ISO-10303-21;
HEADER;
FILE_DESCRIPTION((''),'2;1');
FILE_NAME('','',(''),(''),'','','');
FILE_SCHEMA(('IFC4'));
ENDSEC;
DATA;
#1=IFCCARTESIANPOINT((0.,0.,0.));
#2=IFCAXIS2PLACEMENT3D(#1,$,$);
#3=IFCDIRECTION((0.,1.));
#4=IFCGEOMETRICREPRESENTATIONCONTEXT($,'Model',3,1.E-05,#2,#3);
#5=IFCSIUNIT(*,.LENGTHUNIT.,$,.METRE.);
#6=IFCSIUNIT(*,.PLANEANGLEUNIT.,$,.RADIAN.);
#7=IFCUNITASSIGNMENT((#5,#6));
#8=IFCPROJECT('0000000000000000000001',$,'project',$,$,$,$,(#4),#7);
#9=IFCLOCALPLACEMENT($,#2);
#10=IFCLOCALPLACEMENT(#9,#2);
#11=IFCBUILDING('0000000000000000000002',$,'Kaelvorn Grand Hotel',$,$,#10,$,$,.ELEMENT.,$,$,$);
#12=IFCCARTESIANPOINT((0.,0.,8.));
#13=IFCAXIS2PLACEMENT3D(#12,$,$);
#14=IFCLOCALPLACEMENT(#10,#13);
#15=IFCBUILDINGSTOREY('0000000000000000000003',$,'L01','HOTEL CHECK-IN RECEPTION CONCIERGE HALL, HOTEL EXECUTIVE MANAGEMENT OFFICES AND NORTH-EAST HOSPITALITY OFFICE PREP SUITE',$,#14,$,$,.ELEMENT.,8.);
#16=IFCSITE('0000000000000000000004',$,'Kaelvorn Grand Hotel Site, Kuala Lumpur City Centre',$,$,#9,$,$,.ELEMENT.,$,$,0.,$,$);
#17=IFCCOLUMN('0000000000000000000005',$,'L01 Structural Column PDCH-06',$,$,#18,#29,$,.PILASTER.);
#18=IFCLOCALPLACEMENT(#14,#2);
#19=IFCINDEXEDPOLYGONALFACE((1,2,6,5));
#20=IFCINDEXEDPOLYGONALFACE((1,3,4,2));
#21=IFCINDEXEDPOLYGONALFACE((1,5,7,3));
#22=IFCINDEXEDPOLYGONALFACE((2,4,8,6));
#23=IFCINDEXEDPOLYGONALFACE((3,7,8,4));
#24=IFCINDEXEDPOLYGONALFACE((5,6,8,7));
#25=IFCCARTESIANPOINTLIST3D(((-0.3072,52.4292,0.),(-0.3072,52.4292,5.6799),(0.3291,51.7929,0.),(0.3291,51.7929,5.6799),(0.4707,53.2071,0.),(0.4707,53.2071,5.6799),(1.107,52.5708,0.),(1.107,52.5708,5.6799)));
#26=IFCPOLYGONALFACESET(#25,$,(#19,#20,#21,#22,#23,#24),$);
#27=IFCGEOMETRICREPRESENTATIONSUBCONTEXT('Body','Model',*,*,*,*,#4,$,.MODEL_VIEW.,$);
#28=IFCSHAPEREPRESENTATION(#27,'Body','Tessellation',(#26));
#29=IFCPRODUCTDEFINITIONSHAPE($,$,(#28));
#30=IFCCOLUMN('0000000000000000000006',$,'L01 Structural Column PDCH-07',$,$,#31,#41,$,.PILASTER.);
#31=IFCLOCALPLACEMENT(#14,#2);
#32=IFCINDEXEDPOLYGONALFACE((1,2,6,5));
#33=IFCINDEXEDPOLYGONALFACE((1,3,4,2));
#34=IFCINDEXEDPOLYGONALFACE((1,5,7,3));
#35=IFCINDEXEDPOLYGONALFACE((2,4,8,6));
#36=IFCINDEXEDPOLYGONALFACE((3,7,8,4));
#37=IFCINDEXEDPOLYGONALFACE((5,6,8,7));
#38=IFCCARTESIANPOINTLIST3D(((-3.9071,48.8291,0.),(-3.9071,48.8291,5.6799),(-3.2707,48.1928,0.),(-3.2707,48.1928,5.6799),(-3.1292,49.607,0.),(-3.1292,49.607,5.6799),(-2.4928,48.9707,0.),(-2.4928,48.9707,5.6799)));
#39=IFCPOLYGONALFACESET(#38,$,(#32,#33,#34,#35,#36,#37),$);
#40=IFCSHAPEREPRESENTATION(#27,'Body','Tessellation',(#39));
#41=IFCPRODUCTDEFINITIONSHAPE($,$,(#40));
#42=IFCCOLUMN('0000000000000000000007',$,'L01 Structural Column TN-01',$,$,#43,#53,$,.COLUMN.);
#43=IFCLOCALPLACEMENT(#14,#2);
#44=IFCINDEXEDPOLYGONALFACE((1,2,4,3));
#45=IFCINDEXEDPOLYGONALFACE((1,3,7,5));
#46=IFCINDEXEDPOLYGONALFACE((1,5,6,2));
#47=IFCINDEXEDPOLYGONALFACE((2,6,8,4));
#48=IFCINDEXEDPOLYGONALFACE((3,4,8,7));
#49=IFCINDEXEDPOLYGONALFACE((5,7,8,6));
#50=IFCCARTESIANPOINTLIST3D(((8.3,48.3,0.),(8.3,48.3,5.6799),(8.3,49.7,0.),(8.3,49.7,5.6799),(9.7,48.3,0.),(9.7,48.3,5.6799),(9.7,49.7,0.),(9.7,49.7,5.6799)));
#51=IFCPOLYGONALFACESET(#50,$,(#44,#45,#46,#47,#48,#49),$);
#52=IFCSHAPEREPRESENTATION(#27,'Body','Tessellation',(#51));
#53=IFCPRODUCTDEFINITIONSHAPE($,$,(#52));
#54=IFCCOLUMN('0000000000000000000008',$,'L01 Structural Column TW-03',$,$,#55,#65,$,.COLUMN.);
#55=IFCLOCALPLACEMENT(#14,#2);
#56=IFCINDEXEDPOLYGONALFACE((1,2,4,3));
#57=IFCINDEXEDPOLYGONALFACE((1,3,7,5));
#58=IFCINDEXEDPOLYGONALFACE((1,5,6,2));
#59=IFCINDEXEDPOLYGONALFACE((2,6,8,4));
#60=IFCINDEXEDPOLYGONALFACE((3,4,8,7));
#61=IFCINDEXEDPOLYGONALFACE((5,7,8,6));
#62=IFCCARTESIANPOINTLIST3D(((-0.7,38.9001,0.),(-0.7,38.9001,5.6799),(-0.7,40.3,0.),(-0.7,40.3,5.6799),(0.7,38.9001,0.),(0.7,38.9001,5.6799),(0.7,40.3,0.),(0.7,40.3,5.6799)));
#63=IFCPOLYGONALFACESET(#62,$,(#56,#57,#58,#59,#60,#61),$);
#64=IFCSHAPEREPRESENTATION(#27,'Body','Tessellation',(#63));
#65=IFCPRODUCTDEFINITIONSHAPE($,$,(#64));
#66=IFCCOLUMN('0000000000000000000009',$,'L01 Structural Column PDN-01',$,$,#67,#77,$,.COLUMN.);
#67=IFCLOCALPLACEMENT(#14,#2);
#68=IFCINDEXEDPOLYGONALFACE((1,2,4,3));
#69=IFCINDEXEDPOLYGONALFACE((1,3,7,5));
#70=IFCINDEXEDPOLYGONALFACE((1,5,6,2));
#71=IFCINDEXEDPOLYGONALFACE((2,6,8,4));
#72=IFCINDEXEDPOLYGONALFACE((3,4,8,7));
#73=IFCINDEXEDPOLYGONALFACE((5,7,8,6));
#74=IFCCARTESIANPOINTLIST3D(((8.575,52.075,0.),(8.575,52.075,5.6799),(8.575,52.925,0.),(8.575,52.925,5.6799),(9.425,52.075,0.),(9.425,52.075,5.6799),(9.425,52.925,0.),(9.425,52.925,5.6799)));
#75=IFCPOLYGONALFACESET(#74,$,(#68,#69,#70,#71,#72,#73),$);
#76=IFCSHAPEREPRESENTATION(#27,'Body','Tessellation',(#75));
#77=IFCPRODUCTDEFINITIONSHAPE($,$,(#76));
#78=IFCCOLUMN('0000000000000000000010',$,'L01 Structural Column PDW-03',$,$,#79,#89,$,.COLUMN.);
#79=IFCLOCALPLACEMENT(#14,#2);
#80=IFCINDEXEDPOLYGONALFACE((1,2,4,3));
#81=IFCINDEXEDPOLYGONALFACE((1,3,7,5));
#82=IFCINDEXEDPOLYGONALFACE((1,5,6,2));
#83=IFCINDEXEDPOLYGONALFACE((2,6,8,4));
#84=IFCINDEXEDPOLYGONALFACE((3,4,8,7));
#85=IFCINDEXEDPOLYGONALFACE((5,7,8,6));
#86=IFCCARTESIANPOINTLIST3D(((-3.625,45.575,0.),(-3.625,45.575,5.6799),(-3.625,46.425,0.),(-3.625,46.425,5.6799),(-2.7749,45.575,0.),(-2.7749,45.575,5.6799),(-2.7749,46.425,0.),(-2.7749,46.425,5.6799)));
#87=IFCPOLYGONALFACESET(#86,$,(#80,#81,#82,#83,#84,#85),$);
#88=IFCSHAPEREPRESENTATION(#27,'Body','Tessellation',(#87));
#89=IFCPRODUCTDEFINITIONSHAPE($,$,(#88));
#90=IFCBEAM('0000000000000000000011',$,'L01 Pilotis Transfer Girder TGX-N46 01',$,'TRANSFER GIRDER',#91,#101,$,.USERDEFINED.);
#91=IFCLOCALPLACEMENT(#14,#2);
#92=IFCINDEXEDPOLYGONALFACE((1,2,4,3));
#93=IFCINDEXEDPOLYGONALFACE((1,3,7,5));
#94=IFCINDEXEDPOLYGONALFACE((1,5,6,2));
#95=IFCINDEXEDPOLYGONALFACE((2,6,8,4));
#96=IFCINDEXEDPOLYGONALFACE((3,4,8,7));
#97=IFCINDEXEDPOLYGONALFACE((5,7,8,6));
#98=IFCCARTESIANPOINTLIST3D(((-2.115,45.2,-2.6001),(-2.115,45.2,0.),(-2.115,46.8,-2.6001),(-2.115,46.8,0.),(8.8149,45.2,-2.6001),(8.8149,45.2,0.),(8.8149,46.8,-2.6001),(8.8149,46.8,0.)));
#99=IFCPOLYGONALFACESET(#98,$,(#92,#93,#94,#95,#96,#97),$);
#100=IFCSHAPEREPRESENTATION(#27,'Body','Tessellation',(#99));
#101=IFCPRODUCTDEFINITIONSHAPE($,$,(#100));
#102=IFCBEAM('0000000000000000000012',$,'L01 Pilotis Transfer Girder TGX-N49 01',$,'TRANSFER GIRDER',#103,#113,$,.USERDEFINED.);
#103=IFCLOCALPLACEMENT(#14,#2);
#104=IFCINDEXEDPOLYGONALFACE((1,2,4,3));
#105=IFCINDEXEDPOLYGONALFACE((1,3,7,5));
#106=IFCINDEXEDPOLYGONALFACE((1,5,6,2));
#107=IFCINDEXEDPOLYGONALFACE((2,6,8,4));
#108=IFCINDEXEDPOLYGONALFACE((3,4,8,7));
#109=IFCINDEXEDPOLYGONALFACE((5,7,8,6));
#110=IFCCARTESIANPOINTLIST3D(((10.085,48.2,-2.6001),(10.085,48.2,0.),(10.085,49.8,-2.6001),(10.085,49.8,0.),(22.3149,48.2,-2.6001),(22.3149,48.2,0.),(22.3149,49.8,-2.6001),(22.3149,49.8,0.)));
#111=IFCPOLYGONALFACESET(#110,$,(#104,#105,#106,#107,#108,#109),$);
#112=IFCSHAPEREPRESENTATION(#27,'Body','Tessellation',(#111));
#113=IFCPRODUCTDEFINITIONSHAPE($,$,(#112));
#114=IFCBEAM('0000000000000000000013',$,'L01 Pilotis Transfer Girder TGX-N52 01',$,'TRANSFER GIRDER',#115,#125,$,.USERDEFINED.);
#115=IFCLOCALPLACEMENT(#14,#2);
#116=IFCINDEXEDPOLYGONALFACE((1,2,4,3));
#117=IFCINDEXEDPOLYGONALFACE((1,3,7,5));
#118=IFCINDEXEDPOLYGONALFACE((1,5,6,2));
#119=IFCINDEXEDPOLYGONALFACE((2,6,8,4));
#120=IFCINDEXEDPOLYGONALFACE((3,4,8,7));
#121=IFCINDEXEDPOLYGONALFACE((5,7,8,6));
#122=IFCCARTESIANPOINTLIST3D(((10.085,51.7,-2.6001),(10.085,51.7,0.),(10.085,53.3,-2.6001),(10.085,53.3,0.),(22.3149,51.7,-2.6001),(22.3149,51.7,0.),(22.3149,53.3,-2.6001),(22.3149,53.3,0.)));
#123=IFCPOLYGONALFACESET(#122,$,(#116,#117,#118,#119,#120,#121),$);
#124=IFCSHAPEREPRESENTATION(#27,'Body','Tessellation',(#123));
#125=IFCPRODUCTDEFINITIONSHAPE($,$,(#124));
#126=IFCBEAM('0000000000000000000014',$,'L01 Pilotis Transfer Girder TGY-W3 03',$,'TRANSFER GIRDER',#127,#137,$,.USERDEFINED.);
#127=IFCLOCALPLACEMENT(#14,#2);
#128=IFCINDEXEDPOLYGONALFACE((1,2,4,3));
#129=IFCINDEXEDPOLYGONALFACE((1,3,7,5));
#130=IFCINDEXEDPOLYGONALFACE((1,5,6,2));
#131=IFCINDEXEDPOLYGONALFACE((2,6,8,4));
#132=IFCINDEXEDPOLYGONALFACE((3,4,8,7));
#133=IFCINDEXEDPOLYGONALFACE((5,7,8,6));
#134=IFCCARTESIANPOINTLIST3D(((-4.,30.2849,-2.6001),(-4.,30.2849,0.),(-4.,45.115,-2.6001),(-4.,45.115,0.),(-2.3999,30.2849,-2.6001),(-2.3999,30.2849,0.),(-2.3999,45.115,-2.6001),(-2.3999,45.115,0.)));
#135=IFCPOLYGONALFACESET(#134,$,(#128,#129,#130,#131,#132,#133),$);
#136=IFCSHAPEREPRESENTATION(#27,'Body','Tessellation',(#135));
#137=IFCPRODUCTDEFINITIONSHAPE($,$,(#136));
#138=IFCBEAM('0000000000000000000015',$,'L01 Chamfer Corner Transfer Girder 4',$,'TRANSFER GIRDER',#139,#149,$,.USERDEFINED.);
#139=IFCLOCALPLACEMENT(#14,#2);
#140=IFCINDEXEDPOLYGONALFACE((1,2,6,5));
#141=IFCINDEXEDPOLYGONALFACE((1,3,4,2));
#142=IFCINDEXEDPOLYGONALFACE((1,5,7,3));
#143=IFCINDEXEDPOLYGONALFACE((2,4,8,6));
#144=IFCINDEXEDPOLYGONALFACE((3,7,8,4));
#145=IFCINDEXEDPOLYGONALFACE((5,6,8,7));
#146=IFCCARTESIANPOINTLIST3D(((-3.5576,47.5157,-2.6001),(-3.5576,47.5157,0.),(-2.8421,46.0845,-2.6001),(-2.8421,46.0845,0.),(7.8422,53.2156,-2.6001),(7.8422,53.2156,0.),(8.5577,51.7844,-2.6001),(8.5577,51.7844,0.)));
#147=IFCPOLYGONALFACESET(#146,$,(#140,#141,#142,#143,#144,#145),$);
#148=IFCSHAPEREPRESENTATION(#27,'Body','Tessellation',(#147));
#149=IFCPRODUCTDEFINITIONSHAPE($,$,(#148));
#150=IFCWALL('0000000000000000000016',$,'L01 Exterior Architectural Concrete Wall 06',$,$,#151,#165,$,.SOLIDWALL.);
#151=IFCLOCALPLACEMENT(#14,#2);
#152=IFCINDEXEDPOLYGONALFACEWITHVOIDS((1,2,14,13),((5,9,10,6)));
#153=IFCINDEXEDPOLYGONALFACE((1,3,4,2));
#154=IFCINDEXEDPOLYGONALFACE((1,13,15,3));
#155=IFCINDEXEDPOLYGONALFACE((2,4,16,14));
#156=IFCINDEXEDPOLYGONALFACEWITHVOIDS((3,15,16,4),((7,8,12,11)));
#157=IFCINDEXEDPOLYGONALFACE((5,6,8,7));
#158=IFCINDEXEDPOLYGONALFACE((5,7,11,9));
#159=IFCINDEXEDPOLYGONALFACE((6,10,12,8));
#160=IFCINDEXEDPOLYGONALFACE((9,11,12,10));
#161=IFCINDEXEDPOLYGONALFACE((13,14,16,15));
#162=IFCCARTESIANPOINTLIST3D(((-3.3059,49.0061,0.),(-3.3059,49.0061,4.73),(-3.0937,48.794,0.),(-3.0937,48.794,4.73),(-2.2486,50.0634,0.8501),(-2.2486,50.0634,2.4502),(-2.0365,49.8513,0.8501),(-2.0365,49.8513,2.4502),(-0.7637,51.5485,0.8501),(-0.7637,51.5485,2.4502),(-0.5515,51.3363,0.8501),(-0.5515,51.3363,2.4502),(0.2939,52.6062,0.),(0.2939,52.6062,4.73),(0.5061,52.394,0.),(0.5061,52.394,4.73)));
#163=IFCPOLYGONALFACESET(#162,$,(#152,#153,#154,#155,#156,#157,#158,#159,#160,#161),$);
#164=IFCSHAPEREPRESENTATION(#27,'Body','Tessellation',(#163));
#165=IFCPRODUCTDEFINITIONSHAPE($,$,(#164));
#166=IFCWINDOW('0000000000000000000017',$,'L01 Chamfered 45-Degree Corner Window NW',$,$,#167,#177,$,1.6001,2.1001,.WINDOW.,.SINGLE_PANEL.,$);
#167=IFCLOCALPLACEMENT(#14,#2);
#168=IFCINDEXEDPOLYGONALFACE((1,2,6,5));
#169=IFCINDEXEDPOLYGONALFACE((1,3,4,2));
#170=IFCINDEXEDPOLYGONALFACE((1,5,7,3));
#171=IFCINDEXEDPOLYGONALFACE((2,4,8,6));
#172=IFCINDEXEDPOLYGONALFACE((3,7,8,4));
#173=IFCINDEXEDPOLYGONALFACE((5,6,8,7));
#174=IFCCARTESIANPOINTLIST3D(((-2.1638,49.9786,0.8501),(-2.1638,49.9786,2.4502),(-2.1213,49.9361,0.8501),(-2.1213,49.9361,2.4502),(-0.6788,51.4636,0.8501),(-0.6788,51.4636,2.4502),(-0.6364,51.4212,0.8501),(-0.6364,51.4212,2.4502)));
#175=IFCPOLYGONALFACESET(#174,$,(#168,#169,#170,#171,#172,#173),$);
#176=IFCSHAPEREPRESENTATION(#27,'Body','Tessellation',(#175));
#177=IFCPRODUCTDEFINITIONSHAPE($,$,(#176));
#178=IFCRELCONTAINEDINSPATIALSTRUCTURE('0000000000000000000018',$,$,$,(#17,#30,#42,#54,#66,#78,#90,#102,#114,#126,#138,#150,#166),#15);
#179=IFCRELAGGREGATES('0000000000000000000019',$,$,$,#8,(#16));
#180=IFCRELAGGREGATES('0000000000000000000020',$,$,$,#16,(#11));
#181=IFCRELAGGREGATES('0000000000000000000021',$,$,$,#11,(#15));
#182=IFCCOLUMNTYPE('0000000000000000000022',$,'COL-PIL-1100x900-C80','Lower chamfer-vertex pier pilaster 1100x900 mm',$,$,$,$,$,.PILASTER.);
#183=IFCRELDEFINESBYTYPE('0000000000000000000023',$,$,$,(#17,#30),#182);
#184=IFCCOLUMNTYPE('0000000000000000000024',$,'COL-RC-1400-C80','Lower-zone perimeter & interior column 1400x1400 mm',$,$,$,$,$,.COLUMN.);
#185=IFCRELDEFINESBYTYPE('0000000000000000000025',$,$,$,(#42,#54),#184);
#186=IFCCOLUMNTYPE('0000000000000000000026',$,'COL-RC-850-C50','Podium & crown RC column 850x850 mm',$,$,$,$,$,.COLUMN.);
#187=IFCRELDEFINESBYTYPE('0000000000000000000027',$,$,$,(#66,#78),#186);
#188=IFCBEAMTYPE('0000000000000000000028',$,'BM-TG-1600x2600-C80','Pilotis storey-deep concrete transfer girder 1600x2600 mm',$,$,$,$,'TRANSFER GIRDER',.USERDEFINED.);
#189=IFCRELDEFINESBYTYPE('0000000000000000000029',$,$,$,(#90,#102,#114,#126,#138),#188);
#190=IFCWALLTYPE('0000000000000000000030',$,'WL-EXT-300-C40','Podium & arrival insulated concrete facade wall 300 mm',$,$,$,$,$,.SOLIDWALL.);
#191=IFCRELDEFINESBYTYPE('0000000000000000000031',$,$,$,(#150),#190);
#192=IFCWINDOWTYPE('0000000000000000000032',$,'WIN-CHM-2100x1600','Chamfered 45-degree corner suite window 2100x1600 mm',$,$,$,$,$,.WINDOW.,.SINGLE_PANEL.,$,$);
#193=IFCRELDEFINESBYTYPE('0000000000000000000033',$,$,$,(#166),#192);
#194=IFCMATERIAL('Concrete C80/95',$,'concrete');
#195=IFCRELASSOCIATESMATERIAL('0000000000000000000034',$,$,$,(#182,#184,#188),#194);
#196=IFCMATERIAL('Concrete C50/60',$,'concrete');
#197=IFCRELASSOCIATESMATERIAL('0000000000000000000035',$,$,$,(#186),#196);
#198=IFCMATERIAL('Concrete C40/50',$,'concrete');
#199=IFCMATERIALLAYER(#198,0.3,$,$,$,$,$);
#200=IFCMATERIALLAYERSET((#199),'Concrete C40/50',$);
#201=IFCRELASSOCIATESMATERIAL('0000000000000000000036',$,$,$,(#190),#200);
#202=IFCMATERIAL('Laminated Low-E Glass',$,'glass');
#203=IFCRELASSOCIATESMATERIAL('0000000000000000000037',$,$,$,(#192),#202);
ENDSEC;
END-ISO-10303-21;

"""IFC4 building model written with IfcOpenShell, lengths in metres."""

from ifc_helpers import new_model, si_unit, direction, frame, frame_2d, origin, origin_2d, place, context, subcontext, project, spatial, rectangle, extrude, material, layer, layer_set, material_profile, profile_set, type_object, element, fill, save


model = new_model("IFC4")

# Units and contexts
model_context = context("Model", 3, precision=1e-05, world=origin(), true_north=direction((0.0, 1.0)))
body_context = subcontext(model_context, "Body", "Model", "MODEL_VIEW")
ifc_project = project(units=[si_unit("LENGTHUNIT", "METRE"), si_unit("PLANEANGLEUNIT", "RADIAN")], contexts=[model_context])

# Site, building, storey
site_placement = place(None, origin())
site = spatial("IfcSite", under=ifc_project, at=site_placement, Name="Kaelvorn Grand Hotel Site, Kuala Lumpur City Centre", CompositionType="ELEMENT", RefElevation=0.0)
building_placement = place(site_placement, origin())
building = spatial("IfcBuilding", under=site, at=building_placement, Name="Kaelvorn Grand Hotel", CompositionType="ELEMENT")
storey_placement = place(building_placement, frame((0.0, 0.0, 8.0)))
storey = spatial("IfcBuildingStorey", under=building, at=storey_placement, Name="L01", Description="HOTEL CHECK-IN RECEPTION CONCIERGE HALL, HOTEL EXECUTIVE MANAGEMENT OFFICES AND NORTH-EAST HOSPITALITY OFFICE PREP SUITE", CompositionType="ELEMENT", Elevation=8.0)

# Columns
ifc_material_1 = material(Name="Concrete C80/95", Category="concrete")
ifc_material_profile_1 = material_profile(ifc_material_1, rectangle(XDim=1.1001, YDim=0.8999, at=origin_2d()), Name="RC PILASTER 1100x900")
ifc_profile_set_1 = profile_set([ifc_material_profile_1], Name="Concrete C80/95")
column_type_1 = type_object("IfcColumnType", Name="COL-PIL-1100x900-C80", Description="Lower chamfer-vertex pier pilaster 1100x900 mm", PredefinedType="PILASTER", material=ifc_profile_set_1)
for number, where, z_axis, x_axis, name in (
    (1, (0.3999, 52.5, 0.0), (0.0, 0.0, 1.0), (0.707107, 0.707107, 0.0), "L01 Structural Column PDCH-06"),
    (2, (-3.2, 48.8999, 0.0), (0.0, 0.0, 1.0), (0.707107, 0.707107, 0.0), "L01 Structural Column PDCH-07"),
):
    element("IfcColumn", number, at=place(storey_placement, frame(where, z_axis=z_axis, x_axis=x_axis)), inside=storey, type_object=column_type_1, Name=name, PredefinedType="PILASTER", context=body_context, shape_type="SweptSolid", body=[
        extrude(rectangle(XDim=1.1001, YDim=0.8999, at=origin_2d()), origin(), (0.0, 0.0, 1.0), 5.6799),
    ])
ifc_material_profile_2 = material_profile(ifc_material_1, rectangle(XDim=1.3999, YDim=1.3999, at=origin_2d()), Name="RC COL 1400x1400")
ifc_profile_set_2 = profile_set([ifc_material_profile_2], Name="Concrete C80/95")
column_type_2 = type_object("IfcColumnType", Name="COL-RC-1400-C80", Description="Lower-zone perimeter & interior column 1400x1400 mm", PredefinedType="COLUMN", material=ifc_profile_set_2)
for number, where, z_axis, x_axis, name in (
    (3, (9.0, 49.0, 0.0), (0.0, 0.0, 1.0), (1.0, 0.0, 0.0), "L01 Structural Column TN-01"),
    (4, (0.0, 39.6001, 0.0), (0.0, 0.0, 1.0), (1.0, 0.0, 0.0), "L01 Structural Column TW-03"),
):
    element("IfcColumn", number, at=place(storey_placement, frame(where, z_axis=z_axis, x_axis=x_axis)), inside=storey, type_object=column_type_2, Name=name, PredefinedType="COLUMN", context=body_context, shape_type="SweptSolid", body=[
        extrude(rectangle(XDim=1.3999, YDim=1.3999, at=origin_2d()), origin(), (0.0, 0.0, 1.0), 5.6799),
    ])
ifc_material_2 = material(Name="Concrete C50/60", Category="concrete")
ifc_material_profile_3 = material_profile(ifc_material_2, rectangle(XDim=0.8501, YDim=0.8501, at=origin_2d()), Name="RC COL 850x850")
ifc_profile_set_3 = profile_set([ifc_material_profile_3], Name="Concrete C50/60")
column_type_3 = type_object("IfcColumnType", Name="COL-RC-850-C50", Description="Podium & crown RC column 850x850 mm", PredefinedType="COLUMN", material=ifc_profile_set_3)
for number, where, z_axis, x_axis, name in (
    (5, (9.0, 52.5, 0.0), (0.0, 0.0, 1.0), (1.0, 0.0, 0.0), "L01 Structural Column PDN-01"),
    (6, (-3.2, 46.0, 0.0), (0.0, 0.0, 1.0), (1.0, 0.0, 0.0), "L01 Structural Column PDW-03"),
):
    element("IfcColumn", number, at=place(storey_placement, frame(where, z_axis=z_axis, x_axis=x_axis)), inside=storey, type_object=column_type_3, Name=name, PredefinedType="COLUMN", context=body_context, shape_type="SweptSolid", body=[
        extrude(rectangle(XDim=0.8501, YDim=0.8501, at=origin_2d()), origin(), (0.0, 0.0, 1.0), 5.6799),
    ])

# Beams
ifc_material_profile_4 = material_profile(ifc_material_1, rectangle(XDim=1.6001, YDim=2.6001, at=origin_2d()), Name="RC TG 1600x2600")
ifc_profile_set_4 = profile_set([ifc_material_profile_4], Name="Concrete C80/95")
beam_type = type_object("IfcBeamType", Name="BM-TG-1600x2600-C80", Description="Pilotis storey-deep concrete transfer girder 1600x2600 mm", ElementType="TRANSFER GIRDER", PredefinedType="USERDEFINED", material=ifc_profile_set_4)
beam_1_placement = place(storey_placement, frame((-2.115, 46.0, -1.3), z_axis=(1.0, 0.0, 0.0), x_axis=(0.0, 1.0, 0.0)))
element("IfcBeam", 7, at=beam_1_placement, inside=storey, type_object=beam_type, Name="L01 Pilotis Transfer Girder TGX-N46 01", ObjectType="TRANSFER GIRDER", PredefinedType="USERDEFINED", context=body_context, shape_type="SweptSolid", body=[
    extrude(rectangle(XDim=1.6001, YDim=2.6001, at=origin_2d()), origin(), (0.0, 0.0, 1.0), 10.9299),
])
for number, where, z_axis, x_axis, name in (
    (8, (10.085, 49.0, -1.3), (1.0, 0.0, 0.0), (0.0, 1.0, 0.0), "L01 Pilotis Transfer Girder TGX-N49 01"),
    (9, (10.085, 52.5, -1.3), (1.0, 0.0, 0.0), (0.0, 1.0, 0.0), "L01 Pilotis Transfer Girder TGX-N52 01"),
):
    element("IfcBeam", number, at=place(storey_placement, frame(where, z_axis=z_axis, x_axis=x_axis)), inside=storey, type_object=beam_type, Name=name, ObjectType="TRANSFER GIRDER", PredefinedType="USERDEFINED", context=body_context, shape_type="SweptSolid", body=[
        extrude(rectangle(XDim=1.6001, YDim=2.6001, at=origin_2d()), origin(), (0.0, 0.0, 1.0), 12.23),
    ])
beam_2_placement = place(storey_placement, frame((-3.2, 30.2849, -1.3), z_axis=(0.0, 1.0, 0.0), x_axis=(-1.0, 0.0, 0.0)))
element("IfcBeam", 10, at=beam_2_placement, inside=storey, type_object=beam_type, Name="L01 Pilotis Transfer Girder TGY-W3 03", ObjectType="TRANSFER GIRDER", PredefinedType="USERDEFINED", context=body_context, shape_type="SweptSolid", body=[
    extrude(rectangle(XDim=1.6001, YDim=2.6001, at=origin_2d()), origin(), (0.0, 0.0, 1.0), 14.8301),
])
beam_3_placement = place(storey_placement, frame((8.2, 52.5, -1.3), z_axis=(-0.894427, -0.447214, 0.0), x_axis=(0.447214, -0.894427, 0.0)))
element("IfcBeam", 11, at=beam_3_placement, inside=storey, type_object=beam_type, Name="L01 Chamfer Corner Transfer Girder 4", ObjectType="TRANSFER GIRDER", PredefinedType="USERDEFINED", context=body_context, shape_type="SweptSolid", body=[
    extrude(rectangle(XDim=1.6001, YDim=2.6001, at=origin_2d()), origin(), (0.0, 0.0, 1.0), 12.7454),
])

# Wall, opening, window
ifc_material_3 = material(Name="Concrete C40/50", Category="concrete")
ifc_layer_1 = layer(ifc_material_3, 0.3)
ifc_layer_set_1 = layer_set([ifc_layer_1], Name="Concrete C40/50")
wall_type_1 = type_object("IfcWallType", Name="WL-EXT-300-C40", Description="Podium & arrival insulated concrete facade wall 300 mm", PredefinedType="SOLIDWALL", material=ifc_layer_set_1)
wall_1_placement = place(storey_placement, frame((0.3999, 52.5, 0.0), z_axis=(0.0, 0.0, 1.0), x_axis=(-0.707083, -0.707131, 0.0)))
wall_1 = element("IfcWall", 12, at=wall_1_placement, inside=storey, type_object=wall_type_1, Name="L01 Exterior Architectural Concrete Wall 06", PredefinedType="SOLIDWALL", context=body_context, shape_type="SweptSolid", body=[
    extrude(rectangle(XDim=5.0911, YDim=0.3, at=frame_2d((2.5454, 0.0))), origin(), (0.0, 0.0, 1.0), 4.73),
])
opening_1_placement = place(wall_1_placement, frame((1.4956, 0.0, 0.8501)))
opening_1 = element("IfcOpeningElement", 13, at=opening_1_placement, cuts=wall_1, PredefinedType="OPENING", context=body_context, shape_type="SweptSolid", body=[
    extrude(rectangle(XDim=2.1001, YDim=1.6001, at=frame_2d((1.05, 0.8))), frame((0.0, 0.1602, 0.0), z_axis=(0.0, -1.0, 0.0), x_axis=(1.0, 0.0, 0.0)), (0.0, 0.0, 1.0), 0.3201),
])
ifc_material_4 = material(Name="Laminated Low-E Glass", Category="glass")
window_type_1 = type_object("IfcWindowType", Name="WIN-CHM-2100x1600", Description="Chamfered 45-degree corner suite window 2100x1600 mm", PartitioningType="SINGLE_PANEL", PredefinedType="WINDOW", material=ifc_material_4)
window_1_placement = place(opening_1_placement, origin())
window_1 = element("IfcWindow", 14, at=window_1_placement, inside=storey, type_object=window_type_1, Name="L01 Chamfered 45-Degree Corner Window NW", OverallHeight=1.6001, OverallWidth=2.1001, PartitioningType="SINGLE_PANEL", PredefinedType="WINDOW", context=body_context, shape_type="SweptSolid", body=[
    extrude(rectangle(XDim=2.1001, YDim=1.6001, at=frame_2d((1.05, 0.8))), frame((0.0, 0.03, 0.0), z_axis=(0.0, -1.0, 0.0), x_axis=(1.0, 0.0, 0.0)), (0.0, 0.0, 1.0), 0.0601),
])
fill(opening_1, window_1)

save(model, "model.ifc")
